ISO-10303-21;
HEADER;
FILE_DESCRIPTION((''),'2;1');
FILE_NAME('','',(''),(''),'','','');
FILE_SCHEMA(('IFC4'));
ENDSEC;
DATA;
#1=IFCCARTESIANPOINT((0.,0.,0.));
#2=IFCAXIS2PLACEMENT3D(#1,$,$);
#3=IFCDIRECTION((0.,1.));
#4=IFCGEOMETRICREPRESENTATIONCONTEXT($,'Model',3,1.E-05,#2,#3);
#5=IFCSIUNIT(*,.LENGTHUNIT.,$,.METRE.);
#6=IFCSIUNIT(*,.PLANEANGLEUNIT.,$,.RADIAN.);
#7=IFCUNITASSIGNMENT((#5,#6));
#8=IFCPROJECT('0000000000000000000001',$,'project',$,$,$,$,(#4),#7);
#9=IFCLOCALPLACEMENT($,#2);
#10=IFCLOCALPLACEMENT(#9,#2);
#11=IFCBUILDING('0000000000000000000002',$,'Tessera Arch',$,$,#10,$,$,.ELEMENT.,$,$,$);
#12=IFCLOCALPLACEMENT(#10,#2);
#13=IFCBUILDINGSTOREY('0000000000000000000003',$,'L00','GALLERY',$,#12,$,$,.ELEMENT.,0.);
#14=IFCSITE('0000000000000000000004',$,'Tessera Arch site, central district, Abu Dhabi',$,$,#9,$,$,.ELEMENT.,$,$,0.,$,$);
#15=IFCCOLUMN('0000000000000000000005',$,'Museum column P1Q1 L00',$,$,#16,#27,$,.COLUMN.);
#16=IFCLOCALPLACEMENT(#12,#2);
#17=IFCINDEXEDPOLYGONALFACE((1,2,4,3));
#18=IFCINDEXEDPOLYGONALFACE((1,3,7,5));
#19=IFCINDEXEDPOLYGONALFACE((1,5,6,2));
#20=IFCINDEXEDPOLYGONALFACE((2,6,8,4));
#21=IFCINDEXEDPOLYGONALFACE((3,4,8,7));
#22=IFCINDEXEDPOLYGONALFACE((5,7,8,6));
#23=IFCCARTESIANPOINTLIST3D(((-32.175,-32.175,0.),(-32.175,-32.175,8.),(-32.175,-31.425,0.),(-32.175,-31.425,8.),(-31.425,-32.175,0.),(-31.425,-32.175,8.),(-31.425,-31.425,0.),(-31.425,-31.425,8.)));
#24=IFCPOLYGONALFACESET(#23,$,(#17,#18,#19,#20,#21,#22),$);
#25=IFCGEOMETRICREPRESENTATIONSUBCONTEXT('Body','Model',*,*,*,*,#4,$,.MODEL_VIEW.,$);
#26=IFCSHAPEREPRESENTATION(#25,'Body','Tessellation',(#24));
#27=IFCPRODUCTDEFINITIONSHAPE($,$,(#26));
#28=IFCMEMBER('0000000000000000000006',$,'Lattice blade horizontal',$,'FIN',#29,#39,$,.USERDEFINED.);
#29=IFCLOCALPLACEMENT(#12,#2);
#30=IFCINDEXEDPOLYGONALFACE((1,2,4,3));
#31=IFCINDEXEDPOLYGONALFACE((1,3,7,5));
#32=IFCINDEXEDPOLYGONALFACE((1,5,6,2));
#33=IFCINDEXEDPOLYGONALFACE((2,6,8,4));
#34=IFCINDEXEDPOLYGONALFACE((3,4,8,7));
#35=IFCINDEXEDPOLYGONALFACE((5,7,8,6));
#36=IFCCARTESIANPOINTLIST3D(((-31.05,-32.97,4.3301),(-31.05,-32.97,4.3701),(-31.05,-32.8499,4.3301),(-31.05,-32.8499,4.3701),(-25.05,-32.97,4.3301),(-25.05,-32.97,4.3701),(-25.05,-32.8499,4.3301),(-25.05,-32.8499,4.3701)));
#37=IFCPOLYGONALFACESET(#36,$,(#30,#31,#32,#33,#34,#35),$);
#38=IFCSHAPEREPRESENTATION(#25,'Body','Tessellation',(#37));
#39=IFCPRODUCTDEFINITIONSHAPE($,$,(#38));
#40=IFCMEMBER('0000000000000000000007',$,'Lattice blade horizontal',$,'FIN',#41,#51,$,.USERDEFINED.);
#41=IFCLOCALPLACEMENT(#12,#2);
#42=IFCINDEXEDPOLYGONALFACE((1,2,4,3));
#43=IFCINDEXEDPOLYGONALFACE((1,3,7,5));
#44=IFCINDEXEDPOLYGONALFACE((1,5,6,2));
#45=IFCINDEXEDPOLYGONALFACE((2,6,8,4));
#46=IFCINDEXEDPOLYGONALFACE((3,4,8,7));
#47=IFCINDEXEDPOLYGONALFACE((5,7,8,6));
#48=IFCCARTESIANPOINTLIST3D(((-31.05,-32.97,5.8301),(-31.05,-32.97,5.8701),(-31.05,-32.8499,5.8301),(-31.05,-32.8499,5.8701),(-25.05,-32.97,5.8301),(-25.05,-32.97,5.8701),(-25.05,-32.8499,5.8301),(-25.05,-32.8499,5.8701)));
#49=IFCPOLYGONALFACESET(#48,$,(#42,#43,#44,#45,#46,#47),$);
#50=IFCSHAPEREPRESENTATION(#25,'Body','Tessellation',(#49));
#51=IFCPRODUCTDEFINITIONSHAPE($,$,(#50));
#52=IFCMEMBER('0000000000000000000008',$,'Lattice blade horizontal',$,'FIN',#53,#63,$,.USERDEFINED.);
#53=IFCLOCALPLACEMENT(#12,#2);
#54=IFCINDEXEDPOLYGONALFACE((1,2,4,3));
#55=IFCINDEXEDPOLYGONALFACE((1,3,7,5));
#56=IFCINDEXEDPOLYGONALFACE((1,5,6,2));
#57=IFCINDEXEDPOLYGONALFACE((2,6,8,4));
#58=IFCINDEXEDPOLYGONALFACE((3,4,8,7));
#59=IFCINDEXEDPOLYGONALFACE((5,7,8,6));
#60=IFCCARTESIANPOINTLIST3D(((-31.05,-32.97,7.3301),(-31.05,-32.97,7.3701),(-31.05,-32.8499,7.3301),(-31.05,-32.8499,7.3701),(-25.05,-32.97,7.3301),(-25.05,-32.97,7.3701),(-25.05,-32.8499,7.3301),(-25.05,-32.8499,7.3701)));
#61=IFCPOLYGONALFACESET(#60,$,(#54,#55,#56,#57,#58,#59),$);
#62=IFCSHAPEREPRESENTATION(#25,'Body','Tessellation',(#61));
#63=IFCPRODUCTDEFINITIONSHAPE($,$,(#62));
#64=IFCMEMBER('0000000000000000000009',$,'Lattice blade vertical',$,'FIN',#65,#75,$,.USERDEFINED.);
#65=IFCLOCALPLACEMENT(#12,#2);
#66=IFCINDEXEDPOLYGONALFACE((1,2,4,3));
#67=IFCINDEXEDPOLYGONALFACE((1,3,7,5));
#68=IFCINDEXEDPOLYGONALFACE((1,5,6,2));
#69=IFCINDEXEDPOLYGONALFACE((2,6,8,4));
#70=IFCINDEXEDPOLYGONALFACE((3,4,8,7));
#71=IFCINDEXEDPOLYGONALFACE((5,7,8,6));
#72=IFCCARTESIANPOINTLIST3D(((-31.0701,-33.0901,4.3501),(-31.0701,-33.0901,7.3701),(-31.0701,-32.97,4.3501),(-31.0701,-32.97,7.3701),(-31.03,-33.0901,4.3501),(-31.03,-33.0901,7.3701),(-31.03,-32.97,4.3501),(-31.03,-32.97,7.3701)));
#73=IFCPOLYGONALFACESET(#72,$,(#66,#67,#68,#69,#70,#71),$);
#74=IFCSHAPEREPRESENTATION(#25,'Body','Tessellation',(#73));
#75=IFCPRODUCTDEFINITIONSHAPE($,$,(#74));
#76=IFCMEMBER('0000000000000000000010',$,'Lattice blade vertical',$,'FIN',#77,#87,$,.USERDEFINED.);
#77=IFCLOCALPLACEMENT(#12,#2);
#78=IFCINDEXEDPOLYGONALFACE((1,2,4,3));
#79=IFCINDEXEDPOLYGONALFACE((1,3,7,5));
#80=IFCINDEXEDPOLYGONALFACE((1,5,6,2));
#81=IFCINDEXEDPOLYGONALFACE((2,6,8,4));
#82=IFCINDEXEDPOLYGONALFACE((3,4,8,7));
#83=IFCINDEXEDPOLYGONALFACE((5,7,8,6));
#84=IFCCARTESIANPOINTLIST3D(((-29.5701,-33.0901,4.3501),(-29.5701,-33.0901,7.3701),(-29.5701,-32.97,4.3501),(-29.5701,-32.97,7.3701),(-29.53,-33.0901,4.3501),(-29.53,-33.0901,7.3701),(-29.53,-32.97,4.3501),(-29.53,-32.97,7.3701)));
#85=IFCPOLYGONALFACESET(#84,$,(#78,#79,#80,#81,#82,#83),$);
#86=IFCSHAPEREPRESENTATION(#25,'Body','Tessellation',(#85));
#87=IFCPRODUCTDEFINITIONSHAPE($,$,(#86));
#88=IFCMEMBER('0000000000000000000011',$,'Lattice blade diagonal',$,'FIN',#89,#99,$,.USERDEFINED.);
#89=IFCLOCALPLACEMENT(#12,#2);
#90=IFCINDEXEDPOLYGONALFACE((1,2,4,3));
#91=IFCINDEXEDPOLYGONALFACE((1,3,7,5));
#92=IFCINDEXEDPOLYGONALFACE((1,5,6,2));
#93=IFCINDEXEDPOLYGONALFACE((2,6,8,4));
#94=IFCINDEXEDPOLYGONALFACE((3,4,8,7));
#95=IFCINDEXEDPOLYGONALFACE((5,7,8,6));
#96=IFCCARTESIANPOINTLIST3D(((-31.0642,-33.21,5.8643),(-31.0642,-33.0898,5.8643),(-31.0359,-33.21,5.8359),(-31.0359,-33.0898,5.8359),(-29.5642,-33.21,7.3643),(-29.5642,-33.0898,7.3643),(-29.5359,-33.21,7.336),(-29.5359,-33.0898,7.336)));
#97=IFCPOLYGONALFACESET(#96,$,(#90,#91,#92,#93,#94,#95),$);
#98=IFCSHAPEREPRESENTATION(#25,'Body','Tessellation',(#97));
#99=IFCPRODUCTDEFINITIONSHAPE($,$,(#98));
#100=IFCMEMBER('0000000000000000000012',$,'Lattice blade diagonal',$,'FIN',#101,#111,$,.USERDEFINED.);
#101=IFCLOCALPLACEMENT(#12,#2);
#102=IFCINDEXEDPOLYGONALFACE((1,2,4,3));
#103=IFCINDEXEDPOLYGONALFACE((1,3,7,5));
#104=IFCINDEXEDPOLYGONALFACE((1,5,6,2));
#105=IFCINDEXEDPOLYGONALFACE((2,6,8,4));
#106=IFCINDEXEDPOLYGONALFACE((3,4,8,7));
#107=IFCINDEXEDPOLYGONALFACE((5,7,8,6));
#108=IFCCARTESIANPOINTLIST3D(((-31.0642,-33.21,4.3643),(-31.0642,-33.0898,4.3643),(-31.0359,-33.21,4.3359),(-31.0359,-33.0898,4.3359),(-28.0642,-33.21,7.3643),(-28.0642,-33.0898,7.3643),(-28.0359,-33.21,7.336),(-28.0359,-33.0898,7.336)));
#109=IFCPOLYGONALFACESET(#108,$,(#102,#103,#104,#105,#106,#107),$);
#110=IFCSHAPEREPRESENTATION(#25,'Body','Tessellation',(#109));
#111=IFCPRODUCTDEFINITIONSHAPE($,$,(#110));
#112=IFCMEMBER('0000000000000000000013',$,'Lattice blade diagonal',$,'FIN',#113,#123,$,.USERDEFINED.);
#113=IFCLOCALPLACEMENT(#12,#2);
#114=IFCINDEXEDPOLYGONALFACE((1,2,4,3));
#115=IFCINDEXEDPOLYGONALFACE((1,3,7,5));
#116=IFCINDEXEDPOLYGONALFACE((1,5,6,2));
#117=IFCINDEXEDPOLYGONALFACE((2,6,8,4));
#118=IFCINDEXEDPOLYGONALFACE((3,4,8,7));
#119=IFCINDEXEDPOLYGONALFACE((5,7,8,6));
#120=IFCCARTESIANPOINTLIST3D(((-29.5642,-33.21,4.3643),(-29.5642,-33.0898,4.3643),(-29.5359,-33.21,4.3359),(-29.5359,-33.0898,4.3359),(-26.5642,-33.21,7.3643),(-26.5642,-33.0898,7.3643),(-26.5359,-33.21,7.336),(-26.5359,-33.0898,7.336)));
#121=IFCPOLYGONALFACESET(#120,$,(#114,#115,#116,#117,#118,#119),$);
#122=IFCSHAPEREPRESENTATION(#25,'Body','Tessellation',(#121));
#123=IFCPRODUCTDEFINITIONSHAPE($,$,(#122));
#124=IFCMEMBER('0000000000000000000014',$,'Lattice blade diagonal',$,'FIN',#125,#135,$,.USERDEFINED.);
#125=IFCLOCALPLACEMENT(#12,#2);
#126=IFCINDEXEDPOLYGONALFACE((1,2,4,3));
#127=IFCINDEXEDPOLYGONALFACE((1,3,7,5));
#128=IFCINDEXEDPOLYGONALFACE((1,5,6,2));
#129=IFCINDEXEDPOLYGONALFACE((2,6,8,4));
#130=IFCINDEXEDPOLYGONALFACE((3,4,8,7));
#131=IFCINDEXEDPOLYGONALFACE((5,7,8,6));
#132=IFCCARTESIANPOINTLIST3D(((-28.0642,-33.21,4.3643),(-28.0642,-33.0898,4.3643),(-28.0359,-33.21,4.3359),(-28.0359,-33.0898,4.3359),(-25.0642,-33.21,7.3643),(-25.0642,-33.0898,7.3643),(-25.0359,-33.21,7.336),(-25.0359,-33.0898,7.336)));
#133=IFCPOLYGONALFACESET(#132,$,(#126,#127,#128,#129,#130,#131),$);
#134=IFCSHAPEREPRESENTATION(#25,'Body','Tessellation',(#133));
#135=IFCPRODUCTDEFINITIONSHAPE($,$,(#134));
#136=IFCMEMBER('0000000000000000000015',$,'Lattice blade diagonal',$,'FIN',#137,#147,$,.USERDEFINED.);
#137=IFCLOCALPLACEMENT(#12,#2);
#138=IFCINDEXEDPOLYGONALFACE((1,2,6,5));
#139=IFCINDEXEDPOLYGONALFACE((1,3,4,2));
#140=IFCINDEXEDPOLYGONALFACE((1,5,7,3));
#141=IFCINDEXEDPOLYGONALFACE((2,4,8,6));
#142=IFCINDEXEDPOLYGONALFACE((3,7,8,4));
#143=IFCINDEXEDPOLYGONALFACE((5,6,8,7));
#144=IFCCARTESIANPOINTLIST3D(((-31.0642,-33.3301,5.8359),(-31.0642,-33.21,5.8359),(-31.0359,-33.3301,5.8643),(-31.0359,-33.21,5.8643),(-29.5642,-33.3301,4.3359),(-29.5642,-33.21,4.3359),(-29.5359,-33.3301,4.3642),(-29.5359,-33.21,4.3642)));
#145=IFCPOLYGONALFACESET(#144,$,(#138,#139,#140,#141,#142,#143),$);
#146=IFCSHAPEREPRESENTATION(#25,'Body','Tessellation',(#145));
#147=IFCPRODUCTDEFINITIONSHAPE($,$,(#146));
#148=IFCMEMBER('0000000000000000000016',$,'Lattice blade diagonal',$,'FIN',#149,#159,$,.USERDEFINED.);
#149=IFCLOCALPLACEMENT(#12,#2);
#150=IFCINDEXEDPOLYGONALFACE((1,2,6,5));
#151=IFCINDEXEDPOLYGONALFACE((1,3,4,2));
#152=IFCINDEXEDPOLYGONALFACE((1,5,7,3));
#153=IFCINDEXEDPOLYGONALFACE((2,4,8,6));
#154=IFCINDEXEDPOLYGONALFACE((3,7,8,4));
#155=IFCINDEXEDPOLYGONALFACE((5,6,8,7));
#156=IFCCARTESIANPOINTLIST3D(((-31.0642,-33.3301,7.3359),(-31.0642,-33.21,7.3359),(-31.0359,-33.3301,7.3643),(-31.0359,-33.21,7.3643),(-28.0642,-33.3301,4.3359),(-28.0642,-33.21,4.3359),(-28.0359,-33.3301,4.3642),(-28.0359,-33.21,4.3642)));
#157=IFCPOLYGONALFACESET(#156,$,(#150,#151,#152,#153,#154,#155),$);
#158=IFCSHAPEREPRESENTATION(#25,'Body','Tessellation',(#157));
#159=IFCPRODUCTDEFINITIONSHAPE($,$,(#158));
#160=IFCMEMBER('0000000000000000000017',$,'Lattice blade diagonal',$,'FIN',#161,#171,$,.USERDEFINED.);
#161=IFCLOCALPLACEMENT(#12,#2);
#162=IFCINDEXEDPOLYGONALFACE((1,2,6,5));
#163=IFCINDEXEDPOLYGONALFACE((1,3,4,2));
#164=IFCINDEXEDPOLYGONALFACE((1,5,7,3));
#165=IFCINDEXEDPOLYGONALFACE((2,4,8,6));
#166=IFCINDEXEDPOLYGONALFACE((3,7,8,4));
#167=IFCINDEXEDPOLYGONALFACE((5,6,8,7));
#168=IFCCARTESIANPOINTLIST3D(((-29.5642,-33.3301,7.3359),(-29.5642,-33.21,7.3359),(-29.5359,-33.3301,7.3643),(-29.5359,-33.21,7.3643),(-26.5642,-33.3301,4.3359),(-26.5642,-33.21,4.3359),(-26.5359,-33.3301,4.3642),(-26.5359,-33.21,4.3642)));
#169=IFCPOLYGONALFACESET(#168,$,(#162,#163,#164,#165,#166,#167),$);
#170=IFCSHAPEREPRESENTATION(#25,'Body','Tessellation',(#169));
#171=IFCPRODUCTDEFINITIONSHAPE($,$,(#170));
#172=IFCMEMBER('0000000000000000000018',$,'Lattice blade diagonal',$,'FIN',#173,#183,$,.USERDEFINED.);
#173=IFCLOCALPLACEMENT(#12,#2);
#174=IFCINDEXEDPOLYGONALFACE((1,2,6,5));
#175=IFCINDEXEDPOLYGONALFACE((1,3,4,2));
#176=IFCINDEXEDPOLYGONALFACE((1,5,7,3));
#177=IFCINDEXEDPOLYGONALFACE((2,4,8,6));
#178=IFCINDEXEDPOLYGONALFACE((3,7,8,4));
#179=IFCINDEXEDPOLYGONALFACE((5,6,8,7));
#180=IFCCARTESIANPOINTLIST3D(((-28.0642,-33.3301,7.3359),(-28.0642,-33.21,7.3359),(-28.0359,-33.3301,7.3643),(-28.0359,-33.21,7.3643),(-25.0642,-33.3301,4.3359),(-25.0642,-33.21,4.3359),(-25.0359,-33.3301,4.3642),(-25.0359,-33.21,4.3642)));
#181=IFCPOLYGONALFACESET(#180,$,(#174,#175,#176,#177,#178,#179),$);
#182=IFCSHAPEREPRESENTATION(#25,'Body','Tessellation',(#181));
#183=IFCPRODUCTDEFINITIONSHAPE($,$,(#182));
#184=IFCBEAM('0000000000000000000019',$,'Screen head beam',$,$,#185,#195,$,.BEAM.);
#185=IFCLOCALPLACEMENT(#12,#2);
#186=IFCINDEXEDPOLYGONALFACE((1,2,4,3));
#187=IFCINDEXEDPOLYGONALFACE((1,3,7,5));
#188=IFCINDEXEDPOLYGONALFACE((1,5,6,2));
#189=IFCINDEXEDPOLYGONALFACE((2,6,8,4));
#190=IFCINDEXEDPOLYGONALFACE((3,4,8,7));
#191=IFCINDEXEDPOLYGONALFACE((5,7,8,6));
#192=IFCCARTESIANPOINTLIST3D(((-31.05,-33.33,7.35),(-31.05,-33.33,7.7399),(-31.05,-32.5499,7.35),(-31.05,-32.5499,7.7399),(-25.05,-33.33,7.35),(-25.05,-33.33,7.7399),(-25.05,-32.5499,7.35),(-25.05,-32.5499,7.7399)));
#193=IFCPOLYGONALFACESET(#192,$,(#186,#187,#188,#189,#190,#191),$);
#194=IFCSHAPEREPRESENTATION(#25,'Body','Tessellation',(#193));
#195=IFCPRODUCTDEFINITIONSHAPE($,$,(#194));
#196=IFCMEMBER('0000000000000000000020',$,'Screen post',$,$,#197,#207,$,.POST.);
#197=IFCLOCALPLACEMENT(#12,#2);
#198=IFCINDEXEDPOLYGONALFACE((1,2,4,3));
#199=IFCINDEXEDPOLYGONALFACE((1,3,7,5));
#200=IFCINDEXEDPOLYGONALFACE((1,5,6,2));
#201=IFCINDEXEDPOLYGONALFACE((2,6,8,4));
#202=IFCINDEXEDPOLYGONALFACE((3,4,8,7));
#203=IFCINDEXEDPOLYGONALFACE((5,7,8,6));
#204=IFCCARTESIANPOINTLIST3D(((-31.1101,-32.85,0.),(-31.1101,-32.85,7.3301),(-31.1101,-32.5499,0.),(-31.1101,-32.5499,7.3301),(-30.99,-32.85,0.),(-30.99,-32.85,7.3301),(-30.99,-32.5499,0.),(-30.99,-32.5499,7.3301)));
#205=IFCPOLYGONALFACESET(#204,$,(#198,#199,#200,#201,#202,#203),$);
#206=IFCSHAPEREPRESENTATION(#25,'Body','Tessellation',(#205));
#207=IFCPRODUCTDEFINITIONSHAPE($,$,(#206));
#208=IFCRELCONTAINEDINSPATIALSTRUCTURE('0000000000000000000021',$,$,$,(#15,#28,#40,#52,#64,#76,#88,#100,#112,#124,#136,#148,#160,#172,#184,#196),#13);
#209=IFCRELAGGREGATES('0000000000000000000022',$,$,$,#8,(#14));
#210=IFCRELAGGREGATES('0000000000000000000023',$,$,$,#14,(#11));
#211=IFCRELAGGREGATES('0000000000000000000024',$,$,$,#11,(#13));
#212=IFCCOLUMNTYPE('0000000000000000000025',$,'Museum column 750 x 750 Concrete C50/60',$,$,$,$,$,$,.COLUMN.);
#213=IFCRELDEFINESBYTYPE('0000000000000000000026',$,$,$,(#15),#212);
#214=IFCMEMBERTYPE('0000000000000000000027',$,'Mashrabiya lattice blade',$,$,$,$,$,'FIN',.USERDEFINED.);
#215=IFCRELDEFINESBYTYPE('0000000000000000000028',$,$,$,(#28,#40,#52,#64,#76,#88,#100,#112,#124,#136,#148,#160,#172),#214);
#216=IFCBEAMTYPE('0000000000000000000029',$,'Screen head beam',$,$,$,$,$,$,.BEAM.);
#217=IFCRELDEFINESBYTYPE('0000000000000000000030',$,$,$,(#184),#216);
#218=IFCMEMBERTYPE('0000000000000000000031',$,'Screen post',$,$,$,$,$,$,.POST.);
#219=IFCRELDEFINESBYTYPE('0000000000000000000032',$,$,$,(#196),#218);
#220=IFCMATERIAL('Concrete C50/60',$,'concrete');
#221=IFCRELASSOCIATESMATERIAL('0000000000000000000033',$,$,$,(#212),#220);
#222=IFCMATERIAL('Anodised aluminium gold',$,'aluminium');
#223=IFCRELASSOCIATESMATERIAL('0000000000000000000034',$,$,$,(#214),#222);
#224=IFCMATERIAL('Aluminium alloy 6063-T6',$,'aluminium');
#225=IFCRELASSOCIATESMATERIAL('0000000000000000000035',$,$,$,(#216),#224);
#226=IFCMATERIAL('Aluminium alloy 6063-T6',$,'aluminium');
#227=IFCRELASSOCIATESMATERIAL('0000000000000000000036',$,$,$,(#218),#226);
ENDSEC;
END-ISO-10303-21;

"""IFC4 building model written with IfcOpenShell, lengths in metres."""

from ifc_helpers import new_model, si_unit, direction, frame, origin, origin_2d, place, context, subcontext, project, spatial, rectangle, extrude, material, material_profile, profile_set, type_object, element, save


model = new_model("IFC4")

# Units and contexts
model_context = context("Model", 3, precision=1e-05, world=origin(), true_north=direction((0.0, 1.0)))
body_context = subcontext(model_context, "Body", "Model", "MODEL_VIEW")
ifc_project = project(units=[si_unit("LENGTHUNIT", "METRE"), si_unit("PLANEANGLEUNIT", "RADIAN")], contexts=[model_context])

# Site, building, storey
site_placement = place(None, origin())
site = spatial("IfcSite", under=ifc_project, at=site_placement, Name="Tessera Arch site, central district, Abu Dhabi", CompositionType="ELEMENT", RefElevation=0.0)
building_placement = place(site_placement, origin())
building = spatial("IfcBuilding", under=site, at=building_placement, Name="Tessera Arch", CompositionType="ELEMENT")
storey_placement = place(building_placement, origin())
storey = spatial("IfcBuildingStorey", under=building, at=storey_placement, Name="L00", Description="GALLERY", CompositionType="ELEMENT", Elevation=0.0)

# Column
ifc_material_1 = material(Name="Concrete C50/60", Category="concrete")
ifc_material_profile_1 = material_profile(ifc_material_1, rectangle(XDim=0.75, YDim=0.75, at=origin_2d()), Name="Museum column 750 x 750 Concrete C50/60")
ifc_profile_set_1 = profile_set([ifc_material_profile_1], Name="Concrete C50/60")
column_type = type_object("IfcColumnType", Name="Museum column 750 x 750 Concrete C50/60", PredefinedType="COLUMN", material=ifc_profile_set_1)
column_placement = place(storey_placement, frame((-31.8, -31.8, 0.0), z_axis=(0.0, 0.0, 1.0), x_axis=(1.0, 0.0, 0.0)))
element("IfcColumn", 1, at=column_placement, inside=storey, type_object=column_type, Name="Museum column P1Q1 L00", PredefinedType="COLUMN", context=body_context, shape_type="SweptSolid", body=[
    extrude(rectangle(XDim=0.75, YDim=0.75, at=origin_2d()), origin(), (0.0, 0.0, 1.0), 8.0),
])

# Members
ifc_material_2 = material(Name="Anodised aluminium gold", Category="aluminium")
ifc_material_profile_2 = material_profile(ifc_material_2, rectangle(XDim=0.1201, YDim=0.04, at=origin_2d()), Name="AL 40x120")
ifc_profile_set_2 = profile_set([ifc_material_profile_2], Name="Anodised aluminium gold")
member_type_1 = type_object("IfcMemberType", Name="Mashrabiya lattice blade", ElementType="FIN", PredefinedType="USERDEFINED", material=ifc_profile_set_2)
for number, where, z_axis, x_axis, name in (
    (2, (-31.05, -32.9099, 4.3501), (1.0, 0.0, 0.0), (0.0, 1.0, 0.0), "Lattice blade horizontal"),
    (3, (-31.05, -32.9099, 5.8501), (1.0, 0.0, 0.0), (0.0, 1.0, 0.0), "Lattice blade horizontal"),
    (4, (-31.05, -32.9099, 7.3501), (1.0, 0.0, 0.0), (0.0, 1.0, 0.0), "Lattice blade horizontal"),
):
    element("IfcMember", number, at=place(storey_placement, frame(where, z_axis=z_axis, x_axis=x_axis)), inside=storey, type_object=member_type_1, Name=name, ObjectType="FIN", PredefinedType="USERDEFINED", context=body_context, shape_type="SweptSolid", body=[
        extrude(rectangle(XDim=0.1201, YDim=0.04, at=origin_2d()), origin(), (0.0, 0.0, 1.0), 6.0),
    ])
for number, where, z_axis, x_axis, name in (
    (5, (-31.05, -33.03, 4.3501), (0.0, 0.0, 1.0), (0.0, -1.0, 0.0), "Lattice blade vertical"),
    (6, (-29.55, -33.03, 4.3501), (0.0, 0.0, 1.0), (0.0, -1.0, 0.0), "Lattice blade vertical"),
):
    element("IfcMember", number, at=place(storey_placement, frame(where, z_axis=z_axis, x_axis=x_axis)), inside=storey, type_object=member_type_1, Name=name, ObjectType="FIN", PredefinedType="USERDEFINED", context=body_context, shape_type="SweptSolid", body=[
        extrude(rectangle(XDim=0.1201, YDim=0.04, at=origin_2d()), origin(), (0.0, 0.0, 1.0), 3.02),
    ])
member_1_placement = place(storey_placement, frame((-31.05, -33.1499, 5.8501), z_axis=(0.707107, 0.0, 0.707107), x_axis=(0.0, 1.0, 0.0)))
element("IfcMember", 7, at=member_1_placement, inside=storey, type_object=member_type_1, Name="Lattice blade diagonal", ObjectType="FIN", PredefinedType="USERDEFINED", context=body_context, shape_type="SweptSolid", body=[
    extrude(rectangle(XDim=0.1201, YDim=0.04, at=origin_2d()), origin(), (0.0, 0.0, 1.0), 2.1213),
])
for number, where, z_axis, x_axis, name in (
    (8, (-31.05, -33.1499, 4.3501), (0.707107, 0.0, 0.707107), (0.0, 1.0, 0.0), "Lattice blade diagonal"),
    (9, (-29.55, -33.1499, 4.3501), (0.707107, 0.0, 0.707107), (0.0, 1.0, 0.0), "Lattice blade diagonal"),
    (10, (-28.05, -33.1499, 4.3501), (0.707107, 0.0, 0.707107), (0.0, 1.0, 0.0), "Lattice blade diagonal"),
):
    element("IfcMember", number, at=place(storey_placement, frame(where, z_axis=z_axis, x_axis=x_axis)), inside=storey, type_object=member_type_1, Name=name, ObjectType="FIN", PredefinedType="USERDEFINED", context=body_context, shape_type="SweptSolid", body=[
        extrude(rectangle(XDim=0.1201, YDim=0.04, at=origin_2d()), origin(), (0.0, 0.0, 1.0), 4.2427),
    ])
member_2_placement = place(storey_placement, frame((-31.05, -33.27, 5.8501), z_axis=(0.707107, 0.0, -0.707107), x_axis=(0.0, 1.0, 0.0)))
element("IfcMember", 11, at=member_2_placement, inside=storey, type_object=member_type_1, Name="Lattice blade diagonal", ObjectType="FIN", PredefinedType="USERDEFINED", context=body_context, shape_type="SweptSolid", body=[
    extrude(rectangle(XDim=0.1201, YDim=0.04, at=origin_2d()), origin(), (0.0, 0.0, 1.0), 2.1213),
])
for number, where, z_axis, x_axis, name in (
    (12, (-31.05, -33.27, 7.3501), (0.707107, 0.0, -0.707107), (0.0, 1.0, 0.0), "Lattice blade diagonal"),
    (13, (-29.55, -33.27, 7.3501), (0.707107, 0.0, -0.707107), (0.0, 1.0, 0.0), "Lattice blade diagonal"),
    (14, (-28.05, -33.27, 7.3501), (0.707107, 0.0, -0.707107), (0.0, 1.0, 0.0), "Lattice blade diagonal"),
):
    element("IfcMember", number, at=place(storey_placement, frame(where, z_axis=z_axis, x_axis=x_axis)), inside=storey, type_object=member_type_1, Name=name, ObjectType="FIN", PredefinedType="USERDEFINED", context=body_context, shape_type="SweptSolid", body=[
        extrude(rectangle(XDim=0.1201, YDim=0.04, at=origin_2d()), origin(), (0.0, 0.0, 1.0), 4.2427),
    ])

# Beam
ifc_material_3 = material(Name="Aluminium alloy 6063-T6", Category="aluminium")
ifc_material_profile_3 = material_profile(ifc_material_3, rectangle(XDim=0.78, YDim=0.3899, at=origin_2d()), Name="AL 780x390")
ifc_profile_set_3 = profile_set([ifc_material_profile_3], Name="Aluminium alloy 6063-T6")
beam_type = type_object("IfcBeamType", Name="Screen head beam", PredefinedType="BEAM", material=ifc_profile_set_3)
beam_placement = place(storey_placement, frame((-31.05, -32.9399, 7.5449), z_axis=(1.0, 0.0, 0.0), x_axis=(0.0, 1.0, 0.0)))
element("IfcBeam", 15, at=beam_placement, inside=storey, type_object=beam_type, Name="Screen head beam", PredefinedType="BEAM", context=body_context, shape_type="SweptSolid", body=[
    extrude(rectangle(XDim=0.78, YDim=0.3899, at=origin_2d()), origin(), (0.0, 0.0, 1.0), 6.0),
])

# Member
ifc_material_4 = material(Name="Aluminium alloy 6063-T6", Category="aluminium")
ifc_material_profile_4 = material_profile(ifc_material_4, rectangle(XDim=0.3, YDim=0.1201, at=origin_2d()), Name="AL 120x300")
ifc_profile_set_4 = profile_set([ifc_material_profile_4], Name="Aluminium alloy 6063-T6")
member_type_2 = type_object("IfcMemberType", Name="Screen post", PredefinedType="POST", material=ifc_profile_set_4)
member_3_placement = place(storey_placement, frame((-31.05, -32.7, 0.0), z_axis=(0.0, 0.0, 1.0), x_axis=(0.0, -1.0, 0.0)))
element("IfcMember", 16, at=member_3_placement, inside=storey, type_object=member_type_2, Name="Screen post", PredefinedType="POST", context=body_context, shape_type="SweptSolid", body=[
    extrude(rectangle(XDim=0.3, YDim=0.1201, at=origin_2d()), origin(), (0.0, 0.0, 1.0), 7.3301),
])

save(model, "model.ifc")
